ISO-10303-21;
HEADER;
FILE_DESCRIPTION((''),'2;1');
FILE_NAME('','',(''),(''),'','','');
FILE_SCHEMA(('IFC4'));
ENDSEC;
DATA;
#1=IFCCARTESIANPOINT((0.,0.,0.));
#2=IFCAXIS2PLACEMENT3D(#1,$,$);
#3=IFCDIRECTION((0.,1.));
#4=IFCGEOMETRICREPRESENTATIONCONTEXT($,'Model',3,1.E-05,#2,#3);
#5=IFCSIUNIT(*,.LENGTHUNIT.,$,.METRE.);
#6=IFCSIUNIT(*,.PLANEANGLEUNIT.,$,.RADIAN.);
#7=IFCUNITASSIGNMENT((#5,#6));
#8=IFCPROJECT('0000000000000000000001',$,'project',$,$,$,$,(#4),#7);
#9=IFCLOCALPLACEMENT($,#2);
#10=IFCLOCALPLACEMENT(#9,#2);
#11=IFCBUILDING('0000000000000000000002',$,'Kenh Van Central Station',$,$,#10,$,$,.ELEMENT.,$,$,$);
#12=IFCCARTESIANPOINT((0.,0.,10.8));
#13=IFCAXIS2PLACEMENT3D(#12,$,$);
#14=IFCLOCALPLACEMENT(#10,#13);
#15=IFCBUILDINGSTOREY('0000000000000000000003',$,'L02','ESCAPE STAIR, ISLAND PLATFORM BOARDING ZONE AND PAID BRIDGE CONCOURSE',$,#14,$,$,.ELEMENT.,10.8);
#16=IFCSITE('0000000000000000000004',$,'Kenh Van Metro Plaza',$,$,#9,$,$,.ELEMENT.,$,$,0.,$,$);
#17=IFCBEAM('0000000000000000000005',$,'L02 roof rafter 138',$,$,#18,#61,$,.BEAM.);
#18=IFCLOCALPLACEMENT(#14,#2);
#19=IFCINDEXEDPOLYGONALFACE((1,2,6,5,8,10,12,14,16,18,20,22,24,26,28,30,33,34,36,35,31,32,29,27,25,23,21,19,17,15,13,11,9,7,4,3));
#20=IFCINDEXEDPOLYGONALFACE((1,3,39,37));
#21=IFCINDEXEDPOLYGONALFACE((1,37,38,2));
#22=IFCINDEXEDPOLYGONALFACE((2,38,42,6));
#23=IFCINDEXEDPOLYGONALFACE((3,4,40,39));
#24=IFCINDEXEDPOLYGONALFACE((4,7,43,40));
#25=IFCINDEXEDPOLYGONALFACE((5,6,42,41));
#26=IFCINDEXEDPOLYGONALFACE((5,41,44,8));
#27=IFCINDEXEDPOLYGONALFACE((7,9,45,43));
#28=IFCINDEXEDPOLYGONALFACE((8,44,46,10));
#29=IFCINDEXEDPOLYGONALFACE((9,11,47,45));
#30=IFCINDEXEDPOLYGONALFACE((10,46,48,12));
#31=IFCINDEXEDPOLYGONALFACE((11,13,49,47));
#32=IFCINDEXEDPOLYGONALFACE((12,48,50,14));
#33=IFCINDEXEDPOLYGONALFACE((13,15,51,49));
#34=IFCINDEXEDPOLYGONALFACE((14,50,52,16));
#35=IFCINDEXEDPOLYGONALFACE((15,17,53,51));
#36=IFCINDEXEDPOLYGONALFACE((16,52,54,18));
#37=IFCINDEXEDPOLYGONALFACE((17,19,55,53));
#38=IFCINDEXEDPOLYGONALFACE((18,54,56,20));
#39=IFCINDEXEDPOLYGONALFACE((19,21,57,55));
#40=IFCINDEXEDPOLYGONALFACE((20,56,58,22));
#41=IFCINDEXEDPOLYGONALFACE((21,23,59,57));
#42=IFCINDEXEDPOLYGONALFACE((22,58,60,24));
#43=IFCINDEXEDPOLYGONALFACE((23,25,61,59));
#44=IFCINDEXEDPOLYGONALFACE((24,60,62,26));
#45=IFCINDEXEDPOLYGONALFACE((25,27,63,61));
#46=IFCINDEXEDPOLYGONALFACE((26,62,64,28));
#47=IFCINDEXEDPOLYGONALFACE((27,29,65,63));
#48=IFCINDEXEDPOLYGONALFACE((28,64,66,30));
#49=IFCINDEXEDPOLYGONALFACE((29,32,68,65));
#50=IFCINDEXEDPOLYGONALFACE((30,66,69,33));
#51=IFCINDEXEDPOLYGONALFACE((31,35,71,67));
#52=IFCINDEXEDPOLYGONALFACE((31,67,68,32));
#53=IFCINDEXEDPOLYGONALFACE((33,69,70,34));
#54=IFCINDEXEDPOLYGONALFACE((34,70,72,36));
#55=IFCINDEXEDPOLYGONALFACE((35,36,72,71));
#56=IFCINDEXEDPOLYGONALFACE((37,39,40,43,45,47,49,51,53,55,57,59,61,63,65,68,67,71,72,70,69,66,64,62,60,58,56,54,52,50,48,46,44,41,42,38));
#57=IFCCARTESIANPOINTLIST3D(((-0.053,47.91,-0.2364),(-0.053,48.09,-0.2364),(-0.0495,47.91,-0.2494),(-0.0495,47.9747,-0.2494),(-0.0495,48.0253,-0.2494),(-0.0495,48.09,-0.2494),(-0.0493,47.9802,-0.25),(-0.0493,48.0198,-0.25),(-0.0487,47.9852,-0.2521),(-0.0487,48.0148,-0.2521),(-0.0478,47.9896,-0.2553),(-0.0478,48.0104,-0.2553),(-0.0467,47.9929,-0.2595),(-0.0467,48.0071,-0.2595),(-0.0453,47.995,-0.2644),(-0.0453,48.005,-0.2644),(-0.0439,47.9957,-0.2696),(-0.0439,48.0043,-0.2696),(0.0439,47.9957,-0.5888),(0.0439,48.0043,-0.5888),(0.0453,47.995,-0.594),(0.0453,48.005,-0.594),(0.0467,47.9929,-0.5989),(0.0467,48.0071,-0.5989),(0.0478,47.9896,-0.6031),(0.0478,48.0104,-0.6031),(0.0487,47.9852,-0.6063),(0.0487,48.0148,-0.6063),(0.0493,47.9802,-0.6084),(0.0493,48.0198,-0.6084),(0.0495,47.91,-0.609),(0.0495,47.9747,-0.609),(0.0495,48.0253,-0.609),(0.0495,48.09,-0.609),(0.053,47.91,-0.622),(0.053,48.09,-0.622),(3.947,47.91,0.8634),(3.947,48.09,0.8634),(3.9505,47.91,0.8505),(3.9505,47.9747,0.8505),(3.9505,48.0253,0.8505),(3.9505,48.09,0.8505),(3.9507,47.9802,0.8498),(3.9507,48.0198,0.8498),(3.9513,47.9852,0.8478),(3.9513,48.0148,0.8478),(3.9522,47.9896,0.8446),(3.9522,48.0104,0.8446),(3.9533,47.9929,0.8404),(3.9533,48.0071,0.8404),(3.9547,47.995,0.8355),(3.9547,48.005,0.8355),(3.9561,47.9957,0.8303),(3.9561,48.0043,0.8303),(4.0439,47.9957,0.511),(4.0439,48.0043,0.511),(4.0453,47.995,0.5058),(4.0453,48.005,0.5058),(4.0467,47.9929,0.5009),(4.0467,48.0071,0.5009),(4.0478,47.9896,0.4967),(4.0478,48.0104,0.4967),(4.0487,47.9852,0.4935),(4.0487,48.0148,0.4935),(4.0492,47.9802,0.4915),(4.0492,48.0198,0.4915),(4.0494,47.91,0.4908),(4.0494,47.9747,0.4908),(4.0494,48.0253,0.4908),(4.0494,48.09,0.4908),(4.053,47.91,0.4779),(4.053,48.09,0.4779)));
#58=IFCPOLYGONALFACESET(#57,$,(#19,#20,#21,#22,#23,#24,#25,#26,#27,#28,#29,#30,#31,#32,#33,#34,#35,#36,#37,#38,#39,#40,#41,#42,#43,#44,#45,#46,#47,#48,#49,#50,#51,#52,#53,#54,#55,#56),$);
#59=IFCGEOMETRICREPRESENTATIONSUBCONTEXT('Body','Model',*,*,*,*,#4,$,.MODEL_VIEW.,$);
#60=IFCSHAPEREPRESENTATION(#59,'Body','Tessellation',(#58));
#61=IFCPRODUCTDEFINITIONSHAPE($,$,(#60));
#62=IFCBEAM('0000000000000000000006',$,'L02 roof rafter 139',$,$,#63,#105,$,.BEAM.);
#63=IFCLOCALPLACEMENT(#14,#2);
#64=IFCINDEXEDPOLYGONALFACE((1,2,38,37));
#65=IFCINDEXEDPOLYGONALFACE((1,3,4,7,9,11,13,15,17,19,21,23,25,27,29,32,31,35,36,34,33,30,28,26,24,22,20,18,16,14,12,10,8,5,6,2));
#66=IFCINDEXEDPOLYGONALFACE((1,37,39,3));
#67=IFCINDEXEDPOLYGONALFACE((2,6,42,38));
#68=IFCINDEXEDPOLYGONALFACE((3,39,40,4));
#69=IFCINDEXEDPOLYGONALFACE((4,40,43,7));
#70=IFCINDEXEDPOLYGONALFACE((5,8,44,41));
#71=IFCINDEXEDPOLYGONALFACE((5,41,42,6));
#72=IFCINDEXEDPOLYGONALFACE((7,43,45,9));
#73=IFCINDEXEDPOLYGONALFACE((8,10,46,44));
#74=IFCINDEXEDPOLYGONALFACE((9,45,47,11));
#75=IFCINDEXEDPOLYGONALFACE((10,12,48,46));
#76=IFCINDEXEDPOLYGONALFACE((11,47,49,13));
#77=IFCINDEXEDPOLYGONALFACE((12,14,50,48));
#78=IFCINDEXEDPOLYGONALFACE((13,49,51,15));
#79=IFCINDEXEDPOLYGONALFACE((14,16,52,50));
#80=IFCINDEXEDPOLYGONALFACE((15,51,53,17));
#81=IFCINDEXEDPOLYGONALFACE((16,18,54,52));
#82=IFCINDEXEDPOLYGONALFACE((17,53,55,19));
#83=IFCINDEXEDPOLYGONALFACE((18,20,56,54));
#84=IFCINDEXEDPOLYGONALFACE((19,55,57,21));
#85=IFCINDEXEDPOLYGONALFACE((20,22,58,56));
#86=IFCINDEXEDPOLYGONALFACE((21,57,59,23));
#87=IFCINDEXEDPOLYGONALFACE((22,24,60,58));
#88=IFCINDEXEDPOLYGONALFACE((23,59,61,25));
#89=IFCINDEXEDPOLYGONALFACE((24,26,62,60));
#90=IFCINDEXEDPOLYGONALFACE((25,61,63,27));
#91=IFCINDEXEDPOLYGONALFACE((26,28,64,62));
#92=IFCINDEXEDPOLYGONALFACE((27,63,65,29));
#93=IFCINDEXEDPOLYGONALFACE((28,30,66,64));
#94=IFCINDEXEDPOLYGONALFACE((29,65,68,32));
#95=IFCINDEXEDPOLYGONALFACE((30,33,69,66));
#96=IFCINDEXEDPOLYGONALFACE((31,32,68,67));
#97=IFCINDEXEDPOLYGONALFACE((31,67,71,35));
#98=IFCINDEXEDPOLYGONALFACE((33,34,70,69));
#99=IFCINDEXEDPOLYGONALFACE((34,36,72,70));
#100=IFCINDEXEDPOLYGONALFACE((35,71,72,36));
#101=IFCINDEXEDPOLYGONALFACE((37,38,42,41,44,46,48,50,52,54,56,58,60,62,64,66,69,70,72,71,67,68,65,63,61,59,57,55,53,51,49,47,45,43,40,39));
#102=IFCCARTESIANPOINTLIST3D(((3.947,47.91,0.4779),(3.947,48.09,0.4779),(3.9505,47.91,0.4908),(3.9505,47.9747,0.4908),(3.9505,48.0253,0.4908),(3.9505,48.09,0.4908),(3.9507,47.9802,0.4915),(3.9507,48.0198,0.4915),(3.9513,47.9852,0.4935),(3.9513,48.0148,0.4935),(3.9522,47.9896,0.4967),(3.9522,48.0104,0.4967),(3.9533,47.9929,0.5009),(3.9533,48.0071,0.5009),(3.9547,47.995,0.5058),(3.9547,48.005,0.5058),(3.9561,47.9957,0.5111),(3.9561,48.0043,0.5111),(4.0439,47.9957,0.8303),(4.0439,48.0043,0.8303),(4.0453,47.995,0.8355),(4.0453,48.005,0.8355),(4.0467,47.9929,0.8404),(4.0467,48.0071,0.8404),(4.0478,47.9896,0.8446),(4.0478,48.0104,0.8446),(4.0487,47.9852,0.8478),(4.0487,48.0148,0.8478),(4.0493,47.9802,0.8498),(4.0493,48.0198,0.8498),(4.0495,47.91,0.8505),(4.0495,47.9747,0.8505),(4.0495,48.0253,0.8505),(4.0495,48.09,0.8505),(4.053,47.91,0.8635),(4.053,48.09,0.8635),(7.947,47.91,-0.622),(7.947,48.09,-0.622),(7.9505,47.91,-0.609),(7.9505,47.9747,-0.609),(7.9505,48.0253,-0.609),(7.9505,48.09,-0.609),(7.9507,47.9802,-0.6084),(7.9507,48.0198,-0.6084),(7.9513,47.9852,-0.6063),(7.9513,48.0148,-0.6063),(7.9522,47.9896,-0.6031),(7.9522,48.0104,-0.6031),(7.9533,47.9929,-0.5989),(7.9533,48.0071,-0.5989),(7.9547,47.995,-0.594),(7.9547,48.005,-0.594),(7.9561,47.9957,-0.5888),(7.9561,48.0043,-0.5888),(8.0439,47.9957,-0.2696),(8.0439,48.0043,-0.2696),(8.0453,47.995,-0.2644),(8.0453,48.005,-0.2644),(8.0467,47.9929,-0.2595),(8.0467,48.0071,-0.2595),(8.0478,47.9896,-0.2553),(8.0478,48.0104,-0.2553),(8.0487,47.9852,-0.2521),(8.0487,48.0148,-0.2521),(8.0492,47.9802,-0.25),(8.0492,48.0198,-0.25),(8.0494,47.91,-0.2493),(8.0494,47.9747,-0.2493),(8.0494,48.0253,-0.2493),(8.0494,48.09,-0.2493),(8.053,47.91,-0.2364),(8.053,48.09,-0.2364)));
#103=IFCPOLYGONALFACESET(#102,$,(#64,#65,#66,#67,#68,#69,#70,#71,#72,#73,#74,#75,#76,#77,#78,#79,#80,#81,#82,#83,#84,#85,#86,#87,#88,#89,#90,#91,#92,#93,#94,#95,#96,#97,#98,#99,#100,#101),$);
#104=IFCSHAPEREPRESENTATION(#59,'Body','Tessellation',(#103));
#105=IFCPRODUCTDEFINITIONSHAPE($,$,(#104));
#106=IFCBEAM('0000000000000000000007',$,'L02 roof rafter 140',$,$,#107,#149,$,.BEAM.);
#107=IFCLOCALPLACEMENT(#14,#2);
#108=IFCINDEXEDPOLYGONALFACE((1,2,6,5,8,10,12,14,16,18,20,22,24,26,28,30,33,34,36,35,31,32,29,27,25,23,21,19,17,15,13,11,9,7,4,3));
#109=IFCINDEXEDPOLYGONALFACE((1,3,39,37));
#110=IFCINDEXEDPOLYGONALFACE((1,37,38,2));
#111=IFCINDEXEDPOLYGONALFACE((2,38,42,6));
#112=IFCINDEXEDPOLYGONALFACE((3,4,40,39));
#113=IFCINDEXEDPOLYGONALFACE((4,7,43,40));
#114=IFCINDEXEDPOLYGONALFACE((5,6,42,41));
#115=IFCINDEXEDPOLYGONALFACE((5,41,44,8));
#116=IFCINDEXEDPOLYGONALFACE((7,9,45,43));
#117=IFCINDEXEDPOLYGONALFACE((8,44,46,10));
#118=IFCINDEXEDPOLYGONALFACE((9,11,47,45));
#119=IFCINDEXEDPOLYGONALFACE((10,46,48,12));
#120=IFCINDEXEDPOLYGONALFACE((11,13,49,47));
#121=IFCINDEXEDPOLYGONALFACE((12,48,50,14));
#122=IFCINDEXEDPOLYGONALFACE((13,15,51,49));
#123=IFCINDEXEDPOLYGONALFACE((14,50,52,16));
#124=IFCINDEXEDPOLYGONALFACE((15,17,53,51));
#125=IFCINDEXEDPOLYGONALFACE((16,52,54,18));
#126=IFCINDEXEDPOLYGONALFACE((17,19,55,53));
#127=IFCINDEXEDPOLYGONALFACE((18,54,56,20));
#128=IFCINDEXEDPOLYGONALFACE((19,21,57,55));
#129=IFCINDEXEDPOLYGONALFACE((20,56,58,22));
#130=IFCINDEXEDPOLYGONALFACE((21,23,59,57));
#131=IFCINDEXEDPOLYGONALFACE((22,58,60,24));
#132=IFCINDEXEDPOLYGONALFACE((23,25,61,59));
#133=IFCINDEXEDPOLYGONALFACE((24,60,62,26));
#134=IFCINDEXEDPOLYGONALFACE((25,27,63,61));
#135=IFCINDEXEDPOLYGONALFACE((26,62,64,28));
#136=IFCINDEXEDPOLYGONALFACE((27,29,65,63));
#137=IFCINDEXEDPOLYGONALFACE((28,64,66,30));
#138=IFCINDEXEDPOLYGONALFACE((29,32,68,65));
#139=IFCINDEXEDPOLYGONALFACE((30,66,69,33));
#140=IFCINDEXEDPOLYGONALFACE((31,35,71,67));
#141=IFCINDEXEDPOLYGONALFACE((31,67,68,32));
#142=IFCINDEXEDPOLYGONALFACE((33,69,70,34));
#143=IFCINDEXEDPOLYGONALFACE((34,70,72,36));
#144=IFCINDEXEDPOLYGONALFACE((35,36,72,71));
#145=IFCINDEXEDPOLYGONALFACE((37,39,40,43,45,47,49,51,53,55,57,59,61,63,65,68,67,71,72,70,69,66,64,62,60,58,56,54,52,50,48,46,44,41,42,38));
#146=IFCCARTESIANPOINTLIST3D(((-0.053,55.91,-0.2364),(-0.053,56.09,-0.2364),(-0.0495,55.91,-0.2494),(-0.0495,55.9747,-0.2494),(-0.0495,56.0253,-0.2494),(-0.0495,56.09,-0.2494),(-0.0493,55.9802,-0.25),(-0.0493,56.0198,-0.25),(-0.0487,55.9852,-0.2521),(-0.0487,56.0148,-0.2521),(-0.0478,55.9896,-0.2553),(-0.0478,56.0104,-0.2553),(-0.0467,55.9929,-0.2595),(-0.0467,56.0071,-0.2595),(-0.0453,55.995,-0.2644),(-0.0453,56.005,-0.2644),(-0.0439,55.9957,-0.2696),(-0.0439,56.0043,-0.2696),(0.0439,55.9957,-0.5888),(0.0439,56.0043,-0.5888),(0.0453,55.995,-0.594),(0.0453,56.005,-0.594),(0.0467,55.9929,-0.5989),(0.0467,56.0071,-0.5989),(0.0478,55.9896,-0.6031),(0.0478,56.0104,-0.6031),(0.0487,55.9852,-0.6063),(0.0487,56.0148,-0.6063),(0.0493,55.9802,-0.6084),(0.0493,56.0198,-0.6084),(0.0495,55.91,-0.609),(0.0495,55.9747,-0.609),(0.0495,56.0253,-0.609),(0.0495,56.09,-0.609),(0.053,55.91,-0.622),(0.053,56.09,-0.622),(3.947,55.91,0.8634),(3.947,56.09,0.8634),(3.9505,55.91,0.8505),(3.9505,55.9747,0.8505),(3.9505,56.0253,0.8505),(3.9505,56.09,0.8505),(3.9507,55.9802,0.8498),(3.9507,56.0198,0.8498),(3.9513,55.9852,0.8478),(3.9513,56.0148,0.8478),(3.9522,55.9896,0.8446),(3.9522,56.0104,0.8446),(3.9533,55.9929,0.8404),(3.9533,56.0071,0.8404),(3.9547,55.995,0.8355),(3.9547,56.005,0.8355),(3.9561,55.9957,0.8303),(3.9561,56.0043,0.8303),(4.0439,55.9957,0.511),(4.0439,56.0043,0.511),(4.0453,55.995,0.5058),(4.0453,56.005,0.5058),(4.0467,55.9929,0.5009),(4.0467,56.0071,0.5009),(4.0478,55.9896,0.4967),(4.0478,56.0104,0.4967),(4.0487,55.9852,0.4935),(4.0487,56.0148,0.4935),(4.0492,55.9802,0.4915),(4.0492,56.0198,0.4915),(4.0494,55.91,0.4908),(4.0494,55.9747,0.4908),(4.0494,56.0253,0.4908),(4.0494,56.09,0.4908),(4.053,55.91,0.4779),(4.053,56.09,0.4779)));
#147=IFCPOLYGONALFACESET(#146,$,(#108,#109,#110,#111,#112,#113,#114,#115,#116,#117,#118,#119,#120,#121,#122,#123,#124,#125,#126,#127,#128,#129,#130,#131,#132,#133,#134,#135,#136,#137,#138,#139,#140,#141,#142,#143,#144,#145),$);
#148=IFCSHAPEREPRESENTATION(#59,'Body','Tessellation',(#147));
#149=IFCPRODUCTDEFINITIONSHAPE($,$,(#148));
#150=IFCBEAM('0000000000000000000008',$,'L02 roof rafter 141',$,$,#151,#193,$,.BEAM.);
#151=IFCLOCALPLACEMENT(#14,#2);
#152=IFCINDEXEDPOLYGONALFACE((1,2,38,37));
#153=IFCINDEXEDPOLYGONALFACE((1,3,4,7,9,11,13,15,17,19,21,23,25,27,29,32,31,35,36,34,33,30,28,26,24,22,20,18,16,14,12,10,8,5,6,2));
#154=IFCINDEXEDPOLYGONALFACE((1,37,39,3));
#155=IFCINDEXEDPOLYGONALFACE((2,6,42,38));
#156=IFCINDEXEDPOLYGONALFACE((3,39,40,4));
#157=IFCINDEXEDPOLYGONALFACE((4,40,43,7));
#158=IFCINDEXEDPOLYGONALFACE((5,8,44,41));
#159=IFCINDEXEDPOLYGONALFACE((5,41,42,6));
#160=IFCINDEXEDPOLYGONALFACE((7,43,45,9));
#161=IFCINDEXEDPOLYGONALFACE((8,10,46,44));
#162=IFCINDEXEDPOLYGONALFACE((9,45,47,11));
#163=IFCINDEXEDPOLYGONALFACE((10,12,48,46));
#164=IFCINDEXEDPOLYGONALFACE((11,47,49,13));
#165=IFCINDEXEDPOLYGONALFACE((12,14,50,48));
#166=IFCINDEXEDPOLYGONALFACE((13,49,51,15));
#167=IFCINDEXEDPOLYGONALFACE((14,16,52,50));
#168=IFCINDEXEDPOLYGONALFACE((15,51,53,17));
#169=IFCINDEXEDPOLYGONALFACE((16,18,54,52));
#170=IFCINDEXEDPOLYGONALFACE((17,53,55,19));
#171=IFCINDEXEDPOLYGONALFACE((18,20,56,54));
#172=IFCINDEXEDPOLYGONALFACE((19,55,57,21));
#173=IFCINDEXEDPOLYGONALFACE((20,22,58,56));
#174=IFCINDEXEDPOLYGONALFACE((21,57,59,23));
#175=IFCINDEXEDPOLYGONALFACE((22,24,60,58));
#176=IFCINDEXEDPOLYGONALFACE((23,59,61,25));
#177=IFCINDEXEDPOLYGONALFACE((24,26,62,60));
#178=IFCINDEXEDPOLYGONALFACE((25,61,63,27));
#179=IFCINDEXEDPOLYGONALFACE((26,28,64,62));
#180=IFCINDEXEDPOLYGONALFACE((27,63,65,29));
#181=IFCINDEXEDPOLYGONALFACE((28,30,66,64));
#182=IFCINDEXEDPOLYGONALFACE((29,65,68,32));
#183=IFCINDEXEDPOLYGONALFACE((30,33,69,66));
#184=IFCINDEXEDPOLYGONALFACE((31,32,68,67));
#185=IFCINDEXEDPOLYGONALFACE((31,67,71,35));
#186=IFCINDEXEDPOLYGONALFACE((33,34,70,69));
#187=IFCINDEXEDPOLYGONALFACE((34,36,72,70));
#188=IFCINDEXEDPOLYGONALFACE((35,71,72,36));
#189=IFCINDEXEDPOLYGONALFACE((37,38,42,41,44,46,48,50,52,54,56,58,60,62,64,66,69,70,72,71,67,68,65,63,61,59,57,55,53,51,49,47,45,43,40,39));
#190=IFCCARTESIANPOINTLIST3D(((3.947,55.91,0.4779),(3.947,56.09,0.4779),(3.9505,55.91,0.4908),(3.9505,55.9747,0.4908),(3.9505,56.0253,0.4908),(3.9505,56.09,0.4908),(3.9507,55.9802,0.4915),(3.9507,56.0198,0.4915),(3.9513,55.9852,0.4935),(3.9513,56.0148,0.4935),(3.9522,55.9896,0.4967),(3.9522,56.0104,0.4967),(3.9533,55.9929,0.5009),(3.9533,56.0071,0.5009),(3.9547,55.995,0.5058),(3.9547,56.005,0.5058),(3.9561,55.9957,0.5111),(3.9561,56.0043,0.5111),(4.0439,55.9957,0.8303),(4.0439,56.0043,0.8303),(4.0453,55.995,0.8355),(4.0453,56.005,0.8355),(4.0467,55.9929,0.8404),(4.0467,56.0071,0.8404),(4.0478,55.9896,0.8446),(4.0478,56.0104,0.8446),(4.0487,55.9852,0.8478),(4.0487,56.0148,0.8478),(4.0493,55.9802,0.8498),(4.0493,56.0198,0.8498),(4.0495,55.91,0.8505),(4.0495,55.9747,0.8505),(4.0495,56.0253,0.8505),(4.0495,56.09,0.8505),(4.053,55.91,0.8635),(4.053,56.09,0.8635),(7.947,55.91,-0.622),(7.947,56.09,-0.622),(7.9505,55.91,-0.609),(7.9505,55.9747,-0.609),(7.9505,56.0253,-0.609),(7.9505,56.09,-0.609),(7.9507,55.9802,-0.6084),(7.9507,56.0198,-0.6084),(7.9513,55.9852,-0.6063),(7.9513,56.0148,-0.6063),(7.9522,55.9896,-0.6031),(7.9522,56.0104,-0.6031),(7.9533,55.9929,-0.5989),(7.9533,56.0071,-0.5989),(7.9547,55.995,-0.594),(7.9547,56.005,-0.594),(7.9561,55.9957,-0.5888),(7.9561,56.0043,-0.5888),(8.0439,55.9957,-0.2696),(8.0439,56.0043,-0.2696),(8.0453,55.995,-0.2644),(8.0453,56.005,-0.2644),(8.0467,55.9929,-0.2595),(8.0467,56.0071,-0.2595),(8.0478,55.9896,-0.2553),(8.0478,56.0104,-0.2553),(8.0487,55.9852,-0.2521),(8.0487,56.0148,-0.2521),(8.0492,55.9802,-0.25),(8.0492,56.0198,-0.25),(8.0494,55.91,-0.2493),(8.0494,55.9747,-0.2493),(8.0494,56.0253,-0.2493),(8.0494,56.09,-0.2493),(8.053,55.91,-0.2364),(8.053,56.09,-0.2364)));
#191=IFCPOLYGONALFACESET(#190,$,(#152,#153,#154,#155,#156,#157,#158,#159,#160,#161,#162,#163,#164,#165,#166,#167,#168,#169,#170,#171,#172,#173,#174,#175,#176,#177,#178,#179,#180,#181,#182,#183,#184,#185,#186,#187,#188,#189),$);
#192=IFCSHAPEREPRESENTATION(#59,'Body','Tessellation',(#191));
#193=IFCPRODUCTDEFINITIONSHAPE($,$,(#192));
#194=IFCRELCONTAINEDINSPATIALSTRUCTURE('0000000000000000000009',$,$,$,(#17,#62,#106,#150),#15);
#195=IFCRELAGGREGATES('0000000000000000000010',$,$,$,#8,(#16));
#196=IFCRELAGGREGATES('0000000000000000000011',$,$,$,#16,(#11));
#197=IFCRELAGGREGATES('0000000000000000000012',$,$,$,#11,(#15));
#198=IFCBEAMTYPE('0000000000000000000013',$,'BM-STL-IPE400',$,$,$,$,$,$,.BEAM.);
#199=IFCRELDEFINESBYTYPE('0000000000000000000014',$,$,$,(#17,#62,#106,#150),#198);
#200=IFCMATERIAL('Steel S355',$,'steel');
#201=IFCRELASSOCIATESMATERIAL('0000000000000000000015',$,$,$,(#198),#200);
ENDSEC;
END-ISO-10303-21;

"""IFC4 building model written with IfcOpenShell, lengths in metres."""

from ifc_helpers import new_model, si_unit, direction, frame, origin, origin_2d, place, context, subcontext, project, spatial, i_section, extrude, material, material_profile, profile_set, type_object, element, save


model = new_model("IFC4")

# Units and contexts
model_context = context("Model", 3, precision=1e-05, world=origin(), true_north=direction((0.0, 1.0)))
body_context = subcontext(model_context, "Body", "Model", "MODEL_VIEW")
ifc_project = project(units=[si_unit("LENGTHUNIT", "METRE"), si_unit("PLANEANGLEUNIT", "RADIAN")], contexts=[model_context])

# Site, building, storey
site_placement = place(None, origin())
site = spatial("IfcSite", under=ifc_project, at=site_placement, Name="Kenh Van Metro Plaza", CompositionType="ELEMENT", RefElevation=0.0)
building_placement = place(site_placement, origin())
building = spatial("IfcBuilding", under=site, at=building_placement, Name="Kenh Van Central Station", CompositionType="ELEMENT")
storey_placement = place(building_placement, frame((0.0, 0.0, 10.8)))
storey = spatial("IfcBuildingStorey", under=building, at=storey_placement, Name="L02", Description="ESCAPE STAIR, ISLAND PLATFORM BOARDING ZONE AND PAID BRIDGE CONCOURSE", CompositionType="ELEMENT", Elevation=10.8)

# Beams
ifc_material_1 = material(Name="Steel S355", Category="steel")
ifc_material_profile_1 = material_profile(ifc_material_1, i_section(OverallWidth=0.1799, OverallDepth=0.3999, WebThickness=0.0085, FlangeThickness=0.0134, FilletRadius=0.021, at=origin_2d()), Name="IPE 400")
ifc_profile_set_1 = profile_set([ifc_material_profile_1], Name="Steel S355")
beam_type = type_object("IfcBeamType", Name="BM-STL-IPE400", PredefinedType="BEAM", material=ifc_profile_set_1)
for number, where, z_axis, x_axis, name in (
    (1, (0.0, 48.0, -0.4292), (0.964214, 0.0, 0.265124), (0.0, 1.0, 0.0), "L02 roof rafter 138"),
    (2, (4.0, 48.0, 0.6707), (0.964214, 0.0, -0.265124), (0.0, 1.0, 0.0), "L02 roof rafter 139"),
    (3, (0.0, 56.0, -0.4292), (0.964214, 0.0, 0.265124), (0.0, 1.0, 0.0), "L02 roof rafter 140"),
    (4, (4.0, 56.0, 0.6707), (0.964214, 0.0, -0.265124), (0.0, 1.0, 0.0), "L02 roof rafter 141"),
):
    element("IfcBeam", number, at=place(storey_placement, frame(where, z_axis=z_axis, x_axis=x_axis)), inside=storey, type_object=beam_type, Name=name, PredefinedType="BEAM", context=body_context, shape_type="SweptSolid", body=[
        extrude(i_section(OverallWidth=0.1799, OverallDepth=0.3999, WebThickness=0.0085, FlangeThickness=0.0134, FilletRadius=0.021, at=origin_2d()), origin(), (0.0, 0.0, 1.0), 4.1484),
    ])

save(model, "model.ifc")
